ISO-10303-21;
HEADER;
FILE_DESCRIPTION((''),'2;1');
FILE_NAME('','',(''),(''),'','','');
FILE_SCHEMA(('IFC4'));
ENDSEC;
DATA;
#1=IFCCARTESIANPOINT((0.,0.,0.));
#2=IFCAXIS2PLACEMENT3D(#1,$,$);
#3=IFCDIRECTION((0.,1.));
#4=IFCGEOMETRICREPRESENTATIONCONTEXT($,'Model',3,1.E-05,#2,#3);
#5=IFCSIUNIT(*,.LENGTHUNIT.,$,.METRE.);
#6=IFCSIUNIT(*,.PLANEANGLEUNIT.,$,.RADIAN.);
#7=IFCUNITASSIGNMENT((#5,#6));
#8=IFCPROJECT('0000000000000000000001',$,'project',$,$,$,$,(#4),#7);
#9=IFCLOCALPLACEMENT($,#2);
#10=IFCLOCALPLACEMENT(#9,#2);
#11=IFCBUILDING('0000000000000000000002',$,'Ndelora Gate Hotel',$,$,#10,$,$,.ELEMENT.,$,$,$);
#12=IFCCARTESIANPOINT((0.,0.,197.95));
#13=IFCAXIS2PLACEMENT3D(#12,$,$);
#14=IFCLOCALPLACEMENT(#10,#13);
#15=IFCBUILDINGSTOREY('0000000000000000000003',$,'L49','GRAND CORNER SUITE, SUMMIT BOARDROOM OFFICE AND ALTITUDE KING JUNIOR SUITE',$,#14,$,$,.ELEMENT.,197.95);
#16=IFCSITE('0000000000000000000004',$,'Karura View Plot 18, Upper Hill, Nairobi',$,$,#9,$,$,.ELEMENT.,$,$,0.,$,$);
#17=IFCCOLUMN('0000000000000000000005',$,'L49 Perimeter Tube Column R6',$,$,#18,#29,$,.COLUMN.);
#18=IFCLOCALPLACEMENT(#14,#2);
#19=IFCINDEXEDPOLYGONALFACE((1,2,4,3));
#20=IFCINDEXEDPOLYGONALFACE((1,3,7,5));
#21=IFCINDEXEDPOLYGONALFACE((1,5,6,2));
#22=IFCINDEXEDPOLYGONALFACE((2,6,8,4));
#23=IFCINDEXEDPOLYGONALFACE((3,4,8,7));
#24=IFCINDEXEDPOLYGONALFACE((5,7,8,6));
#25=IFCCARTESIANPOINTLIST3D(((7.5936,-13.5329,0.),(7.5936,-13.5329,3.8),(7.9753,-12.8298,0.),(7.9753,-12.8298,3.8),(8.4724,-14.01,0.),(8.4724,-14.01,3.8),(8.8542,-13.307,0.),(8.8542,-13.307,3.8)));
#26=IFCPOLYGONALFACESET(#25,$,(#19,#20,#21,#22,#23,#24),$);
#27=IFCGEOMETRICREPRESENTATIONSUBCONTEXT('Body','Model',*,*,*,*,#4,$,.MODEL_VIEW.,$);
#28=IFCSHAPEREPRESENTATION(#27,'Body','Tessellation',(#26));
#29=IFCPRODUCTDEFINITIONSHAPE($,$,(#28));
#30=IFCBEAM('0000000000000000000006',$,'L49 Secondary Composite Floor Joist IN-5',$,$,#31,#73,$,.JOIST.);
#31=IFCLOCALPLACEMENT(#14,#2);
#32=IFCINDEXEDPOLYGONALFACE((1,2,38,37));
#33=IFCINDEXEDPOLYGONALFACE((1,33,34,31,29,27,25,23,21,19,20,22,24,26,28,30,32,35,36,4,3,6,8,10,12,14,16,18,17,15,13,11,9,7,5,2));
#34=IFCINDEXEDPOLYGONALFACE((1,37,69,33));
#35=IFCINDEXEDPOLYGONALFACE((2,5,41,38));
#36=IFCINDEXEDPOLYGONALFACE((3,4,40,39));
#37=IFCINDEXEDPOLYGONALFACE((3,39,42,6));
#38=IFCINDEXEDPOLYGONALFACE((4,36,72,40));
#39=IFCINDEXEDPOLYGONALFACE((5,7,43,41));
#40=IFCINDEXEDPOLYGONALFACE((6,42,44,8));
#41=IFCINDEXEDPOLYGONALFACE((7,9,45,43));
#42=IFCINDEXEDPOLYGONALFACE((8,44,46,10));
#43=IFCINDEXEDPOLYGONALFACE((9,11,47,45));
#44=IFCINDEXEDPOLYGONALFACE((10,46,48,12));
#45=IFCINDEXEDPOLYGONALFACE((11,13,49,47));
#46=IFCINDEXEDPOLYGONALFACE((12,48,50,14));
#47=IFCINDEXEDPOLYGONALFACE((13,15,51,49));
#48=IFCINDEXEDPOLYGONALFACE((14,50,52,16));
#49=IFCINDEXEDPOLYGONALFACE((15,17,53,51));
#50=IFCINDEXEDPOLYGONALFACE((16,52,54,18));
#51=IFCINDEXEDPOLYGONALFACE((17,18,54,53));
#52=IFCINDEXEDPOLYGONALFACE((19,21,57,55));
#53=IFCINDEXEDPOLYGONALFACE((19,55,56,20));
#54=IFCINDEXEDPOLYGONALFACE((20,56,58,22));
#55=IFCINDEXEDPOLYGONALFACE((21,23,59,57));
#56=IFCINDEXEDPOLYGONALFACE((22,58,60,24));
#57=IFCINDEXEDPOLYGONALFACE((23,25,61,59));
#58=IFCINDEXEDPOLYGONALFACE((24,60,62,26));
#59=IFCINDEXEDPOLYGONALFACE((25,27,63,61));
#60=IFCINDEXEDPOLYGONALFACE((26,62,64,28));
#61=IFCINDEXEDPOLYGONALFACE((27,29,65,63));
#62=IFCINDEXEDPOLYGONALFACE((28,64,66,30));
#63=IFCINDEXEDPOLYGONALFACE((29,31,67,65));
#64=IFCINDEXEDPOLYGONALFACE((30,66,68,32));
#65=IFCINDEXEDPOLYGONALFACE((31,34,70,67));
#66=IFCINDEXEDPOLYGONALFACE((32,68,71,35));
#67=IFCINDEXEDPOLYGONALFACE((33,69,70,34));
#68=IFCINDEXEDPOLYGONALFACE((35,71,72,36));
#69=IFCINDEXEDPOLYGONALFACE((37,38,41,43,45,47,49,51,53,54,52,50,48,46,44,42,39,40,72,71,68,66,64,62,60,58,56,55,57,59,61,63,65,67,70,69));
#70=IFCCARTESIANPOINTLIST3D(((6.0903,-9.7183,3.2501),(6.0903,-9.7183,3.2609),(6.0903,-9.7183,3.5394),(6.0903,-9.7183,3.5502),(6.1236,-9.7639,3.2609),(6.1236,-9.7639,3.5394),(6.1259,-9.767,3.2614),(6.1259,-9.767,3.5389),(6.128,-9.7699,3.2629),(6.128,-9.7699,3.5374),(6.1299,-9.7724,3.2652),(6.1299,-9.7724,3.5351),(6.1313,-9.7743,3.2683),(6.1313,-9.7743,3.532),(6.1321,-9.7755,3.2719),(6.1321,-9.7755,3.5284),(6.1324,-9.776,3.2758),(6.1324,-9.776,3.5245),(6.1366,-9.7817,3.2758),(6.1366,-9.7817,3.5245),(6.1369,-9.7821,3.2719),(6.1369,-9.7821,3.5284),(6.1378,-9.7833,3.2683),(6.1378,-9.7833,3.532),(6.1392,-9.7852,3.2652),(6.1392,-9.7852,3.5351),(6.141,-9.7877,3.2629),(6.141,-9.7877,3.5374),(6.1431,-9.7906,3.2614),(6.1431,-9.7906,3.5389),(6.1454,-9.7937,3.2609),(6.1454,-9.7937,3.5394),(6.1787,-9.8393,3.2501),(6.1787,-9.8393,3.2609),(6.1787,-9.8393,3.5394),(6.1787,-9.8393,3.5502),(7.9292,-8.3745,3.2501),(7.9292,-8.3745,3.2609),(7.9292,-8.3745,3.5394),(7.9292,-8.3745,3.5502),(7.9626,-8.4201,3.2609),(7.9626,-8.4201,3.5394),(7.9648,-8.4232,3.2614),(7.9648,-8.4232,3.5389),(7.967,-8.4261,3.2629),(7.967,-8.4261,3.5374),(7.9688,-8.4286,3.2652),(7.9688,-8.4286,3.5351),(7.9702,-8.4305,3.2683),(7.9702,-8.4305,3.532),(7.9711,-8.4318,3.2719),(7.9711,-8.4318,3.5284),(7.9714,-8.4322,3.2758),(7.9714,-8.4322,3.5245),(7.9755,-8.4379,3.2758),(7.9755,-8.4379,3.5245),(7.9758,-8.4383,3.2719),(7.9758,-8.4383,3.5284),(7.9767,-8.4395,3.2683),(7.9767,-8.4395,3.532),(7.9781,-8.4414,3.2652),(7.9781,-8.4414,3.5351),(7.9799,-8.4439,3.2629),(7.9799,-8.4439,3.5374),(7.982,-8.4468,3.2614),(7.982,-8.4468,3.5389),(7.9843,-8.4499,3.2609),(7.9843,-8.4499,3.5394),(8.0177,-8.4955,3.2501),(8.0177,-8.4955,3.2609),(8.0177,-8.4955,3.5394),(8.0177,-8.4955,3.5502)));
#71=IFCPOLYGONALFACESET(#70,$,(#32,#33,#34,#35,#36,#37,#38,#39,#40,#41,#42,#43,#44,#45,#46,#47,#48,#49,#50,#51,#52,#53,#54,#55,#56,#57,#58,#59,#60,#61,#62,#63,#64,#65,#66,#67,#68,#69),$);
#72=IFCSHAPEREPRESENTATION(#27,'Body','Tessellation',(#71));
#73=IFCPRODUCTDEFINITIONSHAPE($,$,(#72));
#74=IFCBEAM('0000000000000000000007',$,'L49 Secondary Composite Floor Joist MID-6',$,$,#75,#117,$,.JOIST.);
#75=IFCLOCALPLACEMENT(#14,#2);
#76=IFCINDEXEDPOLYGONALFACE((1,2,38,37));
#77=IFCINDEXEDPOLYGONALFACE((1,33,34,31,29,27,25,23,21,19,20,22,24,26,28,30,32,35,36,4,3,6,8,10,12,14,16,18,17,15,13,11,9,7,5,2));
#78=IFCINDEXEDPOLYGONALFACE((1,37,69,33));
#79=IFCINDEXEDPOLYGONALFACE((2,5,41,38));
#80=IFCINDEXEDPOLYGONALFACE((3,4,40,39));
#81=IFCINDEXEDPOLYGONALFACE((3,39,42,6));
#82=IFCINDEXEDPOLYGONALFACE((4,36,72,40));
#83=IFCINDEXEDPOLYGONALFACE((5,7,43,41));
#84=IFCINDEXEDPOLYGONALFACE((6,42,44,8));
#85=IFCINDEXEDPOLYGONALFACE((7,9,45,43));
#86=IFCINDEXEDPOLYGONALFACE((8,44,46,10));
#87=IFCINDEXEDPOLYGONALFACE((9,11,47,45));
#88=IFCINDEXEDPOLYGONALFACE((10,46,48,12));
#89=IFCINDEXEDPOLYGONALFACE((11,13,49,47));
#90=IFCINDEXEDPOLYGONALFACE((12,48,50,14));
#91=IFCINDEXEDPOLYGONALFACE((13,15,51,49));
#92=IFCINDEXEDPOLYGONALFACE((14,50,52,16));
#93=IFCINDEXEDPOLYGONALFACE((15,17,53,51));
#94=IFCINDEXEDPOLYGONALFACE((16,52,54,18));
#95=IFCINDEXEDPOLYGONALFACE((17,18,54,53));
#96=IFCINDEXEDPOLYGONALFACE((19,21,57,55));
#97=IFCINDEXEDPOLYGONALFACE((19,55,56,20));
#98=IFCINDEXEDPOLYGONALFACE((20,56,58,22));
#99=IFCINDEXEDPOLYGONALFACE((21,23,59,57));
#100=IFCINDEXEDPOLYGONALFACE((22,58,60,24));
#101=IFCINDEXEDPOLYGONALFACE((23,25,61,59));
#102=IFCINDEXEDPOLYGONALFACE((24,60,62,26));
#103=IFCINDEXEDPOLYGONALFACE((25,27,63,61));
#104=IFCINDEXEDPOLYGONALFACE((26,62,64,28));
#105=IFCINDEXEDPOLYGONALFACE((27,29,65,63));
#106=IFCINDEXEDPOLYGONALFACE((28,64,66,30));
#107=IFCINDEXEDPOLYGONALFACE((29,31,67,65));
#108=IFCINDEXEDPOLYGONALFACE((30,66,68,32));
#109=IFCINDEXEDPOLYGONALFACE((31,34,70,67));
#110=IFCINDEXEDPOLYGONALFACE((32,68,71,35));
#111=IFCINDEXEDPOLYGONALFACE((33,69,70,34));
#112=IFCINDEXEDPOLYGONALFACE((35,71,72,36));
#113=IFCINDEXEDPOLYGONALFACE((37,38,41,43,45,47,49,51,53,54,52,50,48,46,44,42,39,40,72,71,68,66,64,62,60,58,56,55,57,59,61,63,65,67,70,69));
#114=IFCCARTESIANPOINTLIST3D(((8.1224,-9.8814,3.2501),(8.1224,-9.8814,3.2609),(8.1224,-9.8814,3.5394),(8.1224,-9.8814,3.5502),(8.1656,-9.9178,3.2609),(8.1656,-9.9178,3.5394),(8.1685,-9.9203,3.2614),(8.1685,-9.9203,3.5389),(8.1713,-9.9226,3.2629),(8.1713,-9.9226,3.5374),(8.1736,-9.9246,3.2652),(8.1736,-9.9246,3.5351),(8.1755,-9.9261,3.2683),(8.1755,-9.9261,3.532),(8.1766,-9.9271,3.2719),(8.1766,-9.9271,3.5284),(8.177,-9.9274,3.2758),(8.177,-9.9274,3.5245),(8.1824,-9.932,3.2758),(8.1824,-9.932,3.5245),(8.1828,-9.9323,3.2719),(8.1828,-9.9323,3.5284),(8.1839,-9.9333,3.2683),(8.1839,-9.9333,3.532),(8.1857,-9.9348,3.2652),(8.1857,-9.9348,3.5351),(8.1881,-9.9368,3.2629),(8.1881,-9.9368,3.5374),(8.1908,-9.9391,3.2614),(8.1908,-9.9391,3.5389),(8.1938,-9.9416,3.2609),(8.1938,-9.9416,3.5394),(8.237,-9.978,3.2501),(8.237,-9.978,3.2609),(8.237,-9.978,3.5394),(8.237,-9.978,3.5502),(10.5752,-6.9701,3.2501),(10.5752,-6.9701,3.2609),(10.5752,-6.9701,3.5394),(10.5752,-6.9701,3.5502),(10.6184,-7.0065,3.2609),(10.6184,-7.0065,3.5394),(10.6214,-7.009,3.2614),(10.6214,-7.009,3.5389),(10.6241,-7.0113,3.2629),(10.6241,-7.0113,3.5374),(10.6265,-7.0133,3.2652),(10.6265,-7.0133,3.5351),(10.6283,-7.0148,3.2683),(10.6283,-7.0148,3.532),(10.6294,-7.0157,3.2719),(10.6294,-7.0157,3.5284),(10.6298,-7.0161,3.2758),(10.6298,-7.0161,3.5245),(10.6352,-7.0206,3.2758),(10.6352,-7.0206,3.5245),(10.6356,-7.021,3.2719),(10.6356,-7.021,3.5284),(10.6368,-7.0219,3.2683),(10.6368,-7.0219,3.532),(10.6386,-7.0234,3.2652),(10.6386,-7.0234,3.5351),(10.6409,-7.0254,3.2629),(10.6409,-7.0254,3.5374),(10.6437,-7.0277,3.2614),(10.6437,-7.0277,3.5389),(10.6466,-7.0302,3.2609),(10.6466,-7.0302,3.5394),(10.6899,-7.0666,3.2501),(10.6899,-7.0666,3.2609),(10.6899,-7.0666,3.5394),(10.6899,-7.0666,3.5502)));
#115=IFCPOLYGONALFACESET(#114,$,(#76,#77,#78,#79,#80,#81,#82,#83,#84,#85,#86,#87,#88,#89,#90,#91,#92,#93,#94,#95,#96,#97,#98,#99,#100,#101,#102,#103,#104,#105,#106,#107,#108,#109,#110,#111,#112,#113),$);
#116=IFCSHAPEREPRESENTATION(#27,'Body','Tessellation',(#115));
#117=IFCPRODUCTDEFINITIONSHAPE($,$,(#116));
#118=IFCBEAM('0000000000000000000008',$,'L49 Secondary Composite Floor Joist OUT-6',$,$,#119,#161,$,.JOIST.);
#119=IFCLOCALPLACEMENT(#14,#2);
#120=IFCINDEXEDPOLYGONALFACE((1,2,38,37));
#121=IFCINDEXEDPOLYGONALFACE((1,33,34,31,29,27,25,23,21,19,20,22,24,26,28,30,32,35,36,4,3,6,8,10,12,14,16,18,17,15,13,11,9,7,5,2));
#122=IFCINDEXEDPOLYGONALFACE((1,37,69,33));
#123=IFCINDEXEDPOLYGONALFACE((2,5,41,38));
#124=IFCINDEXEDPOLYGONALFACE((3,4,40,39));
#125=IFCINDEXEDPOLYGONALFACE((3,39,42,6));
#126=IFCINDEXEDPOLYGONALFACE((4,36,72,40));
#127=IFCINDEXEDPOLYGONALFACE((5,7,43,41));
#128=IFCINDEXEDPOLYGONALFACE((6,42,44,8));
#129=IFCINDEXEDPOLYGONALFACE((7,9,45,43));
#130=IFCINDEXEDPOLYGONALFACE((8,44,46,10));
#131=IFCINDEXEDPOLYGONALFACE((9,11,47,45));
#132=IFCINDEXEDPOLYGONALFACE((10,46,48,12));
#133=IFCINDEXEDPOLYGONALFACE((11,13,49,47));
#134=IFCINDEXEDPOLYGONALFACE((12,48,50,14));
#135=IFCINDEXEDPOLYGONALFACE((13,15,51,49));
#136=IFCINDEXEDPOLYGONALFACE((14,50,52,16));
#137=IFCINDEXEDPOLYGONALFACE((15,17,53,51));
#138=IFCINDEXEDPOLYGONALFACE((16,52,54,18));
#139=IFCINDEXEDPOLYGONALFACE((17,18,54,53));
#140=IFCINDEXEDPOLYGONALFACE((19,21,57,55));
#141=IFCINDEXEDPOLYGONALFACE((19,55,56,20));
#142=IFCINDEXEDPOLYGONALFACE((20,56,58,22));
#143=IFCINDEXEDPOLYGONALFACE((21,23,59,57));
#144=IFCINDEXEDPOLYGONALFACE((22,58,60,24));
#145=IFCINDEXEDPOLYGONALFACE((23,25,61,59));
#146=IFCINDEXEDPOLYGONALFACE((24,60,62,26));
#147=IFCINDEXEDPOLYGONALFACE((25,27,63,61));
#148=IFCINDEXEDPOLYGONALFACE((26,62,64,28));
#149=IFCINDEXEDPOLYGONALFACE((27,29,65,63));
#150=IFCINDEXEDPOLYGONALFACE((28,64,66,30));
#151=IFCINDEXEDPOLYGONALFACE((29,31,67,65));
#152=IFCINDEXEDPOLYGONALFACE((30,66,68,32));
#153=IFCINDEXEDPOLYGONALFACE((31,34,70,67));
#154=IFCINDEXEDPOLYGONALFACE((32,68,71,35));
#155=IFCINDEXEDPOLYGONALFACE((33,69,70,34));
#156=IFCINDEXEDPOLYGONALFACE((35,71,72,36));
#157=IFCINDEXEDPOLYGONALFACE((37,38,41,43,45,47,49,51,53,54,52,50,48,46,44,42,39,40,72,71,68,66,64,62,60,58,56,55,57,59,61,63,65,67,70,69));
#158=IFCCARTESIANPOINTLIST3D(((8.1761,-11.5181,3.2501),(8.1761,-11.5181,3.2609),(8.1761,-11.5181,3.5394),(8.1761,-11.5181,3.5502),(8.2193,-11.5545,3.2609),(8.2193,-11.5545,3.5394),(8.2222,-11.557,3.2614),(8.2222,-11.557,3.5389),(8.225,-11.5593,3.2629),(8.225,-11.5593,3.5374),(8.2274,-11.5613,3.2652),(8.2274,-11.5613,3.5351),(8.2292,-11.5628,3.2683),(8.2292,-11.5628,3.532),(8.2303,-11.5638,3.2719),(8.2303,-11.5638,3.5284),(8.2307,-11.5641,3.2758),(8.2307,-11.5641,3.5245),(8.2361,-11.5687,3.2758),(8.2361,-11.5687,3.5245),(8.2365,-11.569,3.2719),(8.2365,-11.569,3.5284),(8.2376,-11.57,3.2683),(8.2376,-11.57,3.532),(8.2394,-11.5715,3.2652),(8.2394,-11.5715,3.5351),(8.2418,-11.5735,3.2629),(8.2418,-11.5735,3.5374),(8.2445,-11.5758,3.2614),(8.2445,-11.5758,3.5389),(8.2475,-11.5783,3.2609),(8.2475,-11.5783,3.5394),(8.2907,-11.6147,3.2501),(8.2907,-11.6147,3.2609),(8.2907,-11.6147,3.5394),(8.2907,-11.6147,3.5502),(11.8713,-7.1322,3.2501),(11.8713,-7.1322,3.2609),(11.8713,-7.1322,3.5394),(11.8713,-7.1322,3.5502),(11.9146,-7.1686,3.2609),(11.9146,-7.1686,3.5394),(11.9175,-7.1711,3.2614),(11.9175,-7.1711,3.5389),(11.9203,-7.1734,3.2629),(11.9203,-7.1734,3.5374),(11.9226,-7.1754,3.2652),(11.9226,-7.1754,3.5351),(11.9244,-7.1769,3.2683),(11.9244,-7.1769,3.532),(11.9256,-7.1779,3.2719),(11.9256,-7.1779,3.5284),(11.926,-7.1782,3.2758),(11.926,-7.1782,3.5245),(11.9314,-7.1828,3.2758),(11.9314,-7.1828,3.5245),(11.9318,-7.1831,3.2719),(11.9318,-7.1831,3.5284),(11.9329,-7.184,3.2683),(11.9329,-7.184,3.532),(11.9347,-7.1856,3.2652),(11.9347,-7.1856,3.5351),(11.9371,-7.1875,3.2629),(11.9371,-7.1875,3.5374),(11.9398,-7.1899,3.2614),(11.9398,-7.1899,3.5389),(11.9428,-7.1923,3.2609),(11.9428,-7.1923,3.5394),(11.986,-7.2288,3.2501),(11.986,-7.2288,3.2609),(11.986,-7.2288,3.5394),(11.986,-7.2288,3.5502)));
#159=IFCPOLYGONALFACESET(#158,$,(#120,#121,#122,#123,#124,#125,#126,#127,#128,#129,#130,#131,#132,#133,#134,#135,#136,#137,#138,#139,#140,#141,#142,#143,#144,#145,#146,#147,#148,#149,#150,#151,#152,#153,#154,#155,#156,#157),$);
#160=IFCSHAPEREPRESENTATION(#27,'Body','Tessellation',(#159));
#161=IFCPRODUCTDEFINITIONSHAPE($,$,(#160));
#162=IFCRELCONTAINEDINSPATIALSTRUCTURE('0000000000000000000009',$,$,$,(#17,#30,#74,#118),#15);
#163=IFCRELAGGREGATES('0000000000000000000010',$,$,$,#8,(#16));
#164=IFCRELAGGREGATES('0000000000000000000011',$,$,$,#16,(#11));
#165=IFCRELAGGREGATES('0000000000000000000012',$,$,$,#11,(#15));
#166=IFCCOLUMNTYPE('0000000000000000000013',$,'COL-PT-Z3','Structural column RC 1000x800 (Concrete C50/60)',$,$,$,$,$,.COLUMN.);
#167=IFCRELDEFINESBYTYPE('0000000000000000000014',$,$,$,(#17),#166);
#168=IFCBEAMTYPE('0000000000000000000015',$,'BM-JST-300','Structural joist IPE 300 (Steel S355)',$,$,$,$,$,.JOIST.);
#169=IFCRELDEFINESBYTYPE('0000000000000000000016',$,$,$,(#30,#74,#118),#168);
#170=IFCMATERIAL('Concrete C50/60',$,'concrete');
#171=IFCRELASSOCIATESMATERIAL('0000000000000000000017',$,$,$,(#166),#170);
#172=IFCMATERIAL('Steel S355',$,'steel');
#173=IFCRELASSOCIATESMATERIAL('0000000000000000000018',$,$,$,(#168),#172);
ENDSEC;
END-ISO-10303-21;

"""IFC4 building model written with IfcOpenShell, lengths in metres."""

from ifc_helpers import new_model, si_unit, direction, frame, origin, origin_2d, place, context, subcontext, project, spatial, rectangle, i_section, extrude, material, material_profile, profile_set, type_object, element, save


model = new_model("IFC4")

# Units and contexts
model_context = context("Model", 3, precision=1e-05, world=origin(), true_north=direction((0.0, 1.0)))
body_context = subcontext(model_context, "Body", "Model", "MODEL_VIEW")
ifc_project = project(units=[si_unit("LENGTHUNIT", "METRE"), si_unit("PLANEANGLEUNIT", "RADIAN")], contexts=[model_context])

# Site, building, storey
site_placement = place(None, origin())
site = spatial("IfcSite", under=ifc_project, at=site_placement, Name="Karura View Plot 18, Upper Hill, Nairobi", CompositionType="ELEMENT", RefElevation=0.0)
building_placement = place(site_placement, origin())
building = spatial("IfcBuilding", under=site, at=building_placement, Name="Ndelora Gate Hotel", CompositionType="ELEMENT")
storey_placement = place(building_placement, frame((0.0, 0.0, 197.95)))
storey = spatial("IfcBuildingStorey", under=building, at=storey_placement, Name="L49", Description="GRAND CORNER SUITE, SUMMIT BOARDROOM OFFICE AND ALTITUDE KING JUNIOR SUITE", CompositionType="ELEMENT", Elevation=197.95)

# Column
ifc_material_1 = material(Name="Concrete C50/60", Category="concrete")
ifc_material_profile_1 = material_profile(ifc_material_1, rectangle(XDim=0.8, YDim=1.0, at=origin_2d()), Name="RC 1000x800")
ifc_profile_set_1 = profile_set([ifc_material_profile_1], Name="Concrete C50/60")
column_type = type_object("IfcColumnType", Name="COL-PT-Z3", Description="Structural column RC 1000x800 (Concrete C50/60)", PredefinedType="COLUMN", material=ifc_profile_set_1)
column_placement = place(storey_placement, frame((8.2239, -13.4199, 0.0), z_axis=(0.0, 0.0, 1.0), x_axis=(0.477159, 0.878817, 0.0)))
element("IfcColumn", 1, at=column_placement, inside=storey, type_object=column_type, Name="L49 Perimeter Tube Column R6", PredefinedType="COLUMN", context=body_context, shape_type="SweptSolid", body=[
    extrude(rectangle(XDim=0.8, YDim=1.0, at=origin_2d()), origin(), (0.0, 0.0, 1.0), 3.8),
])

# Beams
ifc_material_2 = material(Name="Steel S355", Category="steel")
ifc_material_profile_2 = material_profile(ifc_material_2, i_section(OverallWidth=0.1499, OverallDepth=0.3, WebThickness=0.0071, FlangeThickness=0.0107, FilletRadius=0.0149, at=origin_2d()), Name="IPE 300")
ifc_profile_set_2 = profile_set([ifc_material_profile_2], Name="Steel S355")
beam_type_1 = type_object("IfcBeamType", Name="BM-JST-300", Description="Structural joist IPE 300 (Steel S355)", PredefinedType="JOIST", material=ifc_profile_set_2)
beam_1_placement = place(storey_placement, frame((6.1345, -9.7788, 3.4001), z_axis=(0.807399, 0.590006, 0.0), x_axis=(-0.590006, 0.807399, 0.0)))
element("IfcBeam", 2, at=beam_1_placement, inside=storey, type_object=beam_type_1, Name="L49 Secondary Composite Floor Joist IN-5", PredefinedType="JOIST", context=body_context, shape_type="SweptSolid", body=[
    extrude(i_section(OverallWidth=0.1499, OverallDepth=0.3, WebThickness=0.0071, FlangeThickness=0.0107, FilletRadius=0.0149, at=origin_2d()), origin(), (0.0, 0.0, 1.0), 2.2776),
])
beam_2_placement = place(storey_placement, frame((8.1797, -9.9297, 3.4001), z_axis=(0.644319, 0.764757, 0.0), x_axis=(-0.764757, 0.644319, 0.0)))
element("IfcBeam", 3, at=beam_2_placement, inside=storey, type_object=beam_type_1, Name="L49 Secondary Composite Floor Joist MID-6", PredefinedType="JOIST", context=body_context, shape_type="SweptSolid", body=[
    extrude(i_section(OverallWidth=0.1499, OverallDepth=0.3, WebThickness=0.0071, FlangeThickness=0.0107, FilletRadius=0.0149, at=origin_2d()), origin(), (0.0, 0.0, 1.0), 3.8069),
])
beam_3_placement = place(storey_placement, frame((8.2334, -11.5664, 3.4001), z_axis=(0.644324, 0.764752, 0.0), x_axis=(-0.764752, 0.644324, 0.0)))
element("IfcBeam", 4, at=beam_3_placement, inside=storey, type_object=beam_type_1, Name="L49 Secondary Composite Floor Joist OUT-6", PredefinedType="JOIST", context=body_context, shape_type="SweptSolid", body=[
    extrude(i_section(OverallWidth=0.1499, OverallDepth=0.3, WebThickness=0.0071, FlangeThickness=0.0107, FilletRadius=0.0149, at=origin_2d()), origin(), (0.0, 0.0, 1.0), 5.7351),
])

save(model, "model.ifc")
